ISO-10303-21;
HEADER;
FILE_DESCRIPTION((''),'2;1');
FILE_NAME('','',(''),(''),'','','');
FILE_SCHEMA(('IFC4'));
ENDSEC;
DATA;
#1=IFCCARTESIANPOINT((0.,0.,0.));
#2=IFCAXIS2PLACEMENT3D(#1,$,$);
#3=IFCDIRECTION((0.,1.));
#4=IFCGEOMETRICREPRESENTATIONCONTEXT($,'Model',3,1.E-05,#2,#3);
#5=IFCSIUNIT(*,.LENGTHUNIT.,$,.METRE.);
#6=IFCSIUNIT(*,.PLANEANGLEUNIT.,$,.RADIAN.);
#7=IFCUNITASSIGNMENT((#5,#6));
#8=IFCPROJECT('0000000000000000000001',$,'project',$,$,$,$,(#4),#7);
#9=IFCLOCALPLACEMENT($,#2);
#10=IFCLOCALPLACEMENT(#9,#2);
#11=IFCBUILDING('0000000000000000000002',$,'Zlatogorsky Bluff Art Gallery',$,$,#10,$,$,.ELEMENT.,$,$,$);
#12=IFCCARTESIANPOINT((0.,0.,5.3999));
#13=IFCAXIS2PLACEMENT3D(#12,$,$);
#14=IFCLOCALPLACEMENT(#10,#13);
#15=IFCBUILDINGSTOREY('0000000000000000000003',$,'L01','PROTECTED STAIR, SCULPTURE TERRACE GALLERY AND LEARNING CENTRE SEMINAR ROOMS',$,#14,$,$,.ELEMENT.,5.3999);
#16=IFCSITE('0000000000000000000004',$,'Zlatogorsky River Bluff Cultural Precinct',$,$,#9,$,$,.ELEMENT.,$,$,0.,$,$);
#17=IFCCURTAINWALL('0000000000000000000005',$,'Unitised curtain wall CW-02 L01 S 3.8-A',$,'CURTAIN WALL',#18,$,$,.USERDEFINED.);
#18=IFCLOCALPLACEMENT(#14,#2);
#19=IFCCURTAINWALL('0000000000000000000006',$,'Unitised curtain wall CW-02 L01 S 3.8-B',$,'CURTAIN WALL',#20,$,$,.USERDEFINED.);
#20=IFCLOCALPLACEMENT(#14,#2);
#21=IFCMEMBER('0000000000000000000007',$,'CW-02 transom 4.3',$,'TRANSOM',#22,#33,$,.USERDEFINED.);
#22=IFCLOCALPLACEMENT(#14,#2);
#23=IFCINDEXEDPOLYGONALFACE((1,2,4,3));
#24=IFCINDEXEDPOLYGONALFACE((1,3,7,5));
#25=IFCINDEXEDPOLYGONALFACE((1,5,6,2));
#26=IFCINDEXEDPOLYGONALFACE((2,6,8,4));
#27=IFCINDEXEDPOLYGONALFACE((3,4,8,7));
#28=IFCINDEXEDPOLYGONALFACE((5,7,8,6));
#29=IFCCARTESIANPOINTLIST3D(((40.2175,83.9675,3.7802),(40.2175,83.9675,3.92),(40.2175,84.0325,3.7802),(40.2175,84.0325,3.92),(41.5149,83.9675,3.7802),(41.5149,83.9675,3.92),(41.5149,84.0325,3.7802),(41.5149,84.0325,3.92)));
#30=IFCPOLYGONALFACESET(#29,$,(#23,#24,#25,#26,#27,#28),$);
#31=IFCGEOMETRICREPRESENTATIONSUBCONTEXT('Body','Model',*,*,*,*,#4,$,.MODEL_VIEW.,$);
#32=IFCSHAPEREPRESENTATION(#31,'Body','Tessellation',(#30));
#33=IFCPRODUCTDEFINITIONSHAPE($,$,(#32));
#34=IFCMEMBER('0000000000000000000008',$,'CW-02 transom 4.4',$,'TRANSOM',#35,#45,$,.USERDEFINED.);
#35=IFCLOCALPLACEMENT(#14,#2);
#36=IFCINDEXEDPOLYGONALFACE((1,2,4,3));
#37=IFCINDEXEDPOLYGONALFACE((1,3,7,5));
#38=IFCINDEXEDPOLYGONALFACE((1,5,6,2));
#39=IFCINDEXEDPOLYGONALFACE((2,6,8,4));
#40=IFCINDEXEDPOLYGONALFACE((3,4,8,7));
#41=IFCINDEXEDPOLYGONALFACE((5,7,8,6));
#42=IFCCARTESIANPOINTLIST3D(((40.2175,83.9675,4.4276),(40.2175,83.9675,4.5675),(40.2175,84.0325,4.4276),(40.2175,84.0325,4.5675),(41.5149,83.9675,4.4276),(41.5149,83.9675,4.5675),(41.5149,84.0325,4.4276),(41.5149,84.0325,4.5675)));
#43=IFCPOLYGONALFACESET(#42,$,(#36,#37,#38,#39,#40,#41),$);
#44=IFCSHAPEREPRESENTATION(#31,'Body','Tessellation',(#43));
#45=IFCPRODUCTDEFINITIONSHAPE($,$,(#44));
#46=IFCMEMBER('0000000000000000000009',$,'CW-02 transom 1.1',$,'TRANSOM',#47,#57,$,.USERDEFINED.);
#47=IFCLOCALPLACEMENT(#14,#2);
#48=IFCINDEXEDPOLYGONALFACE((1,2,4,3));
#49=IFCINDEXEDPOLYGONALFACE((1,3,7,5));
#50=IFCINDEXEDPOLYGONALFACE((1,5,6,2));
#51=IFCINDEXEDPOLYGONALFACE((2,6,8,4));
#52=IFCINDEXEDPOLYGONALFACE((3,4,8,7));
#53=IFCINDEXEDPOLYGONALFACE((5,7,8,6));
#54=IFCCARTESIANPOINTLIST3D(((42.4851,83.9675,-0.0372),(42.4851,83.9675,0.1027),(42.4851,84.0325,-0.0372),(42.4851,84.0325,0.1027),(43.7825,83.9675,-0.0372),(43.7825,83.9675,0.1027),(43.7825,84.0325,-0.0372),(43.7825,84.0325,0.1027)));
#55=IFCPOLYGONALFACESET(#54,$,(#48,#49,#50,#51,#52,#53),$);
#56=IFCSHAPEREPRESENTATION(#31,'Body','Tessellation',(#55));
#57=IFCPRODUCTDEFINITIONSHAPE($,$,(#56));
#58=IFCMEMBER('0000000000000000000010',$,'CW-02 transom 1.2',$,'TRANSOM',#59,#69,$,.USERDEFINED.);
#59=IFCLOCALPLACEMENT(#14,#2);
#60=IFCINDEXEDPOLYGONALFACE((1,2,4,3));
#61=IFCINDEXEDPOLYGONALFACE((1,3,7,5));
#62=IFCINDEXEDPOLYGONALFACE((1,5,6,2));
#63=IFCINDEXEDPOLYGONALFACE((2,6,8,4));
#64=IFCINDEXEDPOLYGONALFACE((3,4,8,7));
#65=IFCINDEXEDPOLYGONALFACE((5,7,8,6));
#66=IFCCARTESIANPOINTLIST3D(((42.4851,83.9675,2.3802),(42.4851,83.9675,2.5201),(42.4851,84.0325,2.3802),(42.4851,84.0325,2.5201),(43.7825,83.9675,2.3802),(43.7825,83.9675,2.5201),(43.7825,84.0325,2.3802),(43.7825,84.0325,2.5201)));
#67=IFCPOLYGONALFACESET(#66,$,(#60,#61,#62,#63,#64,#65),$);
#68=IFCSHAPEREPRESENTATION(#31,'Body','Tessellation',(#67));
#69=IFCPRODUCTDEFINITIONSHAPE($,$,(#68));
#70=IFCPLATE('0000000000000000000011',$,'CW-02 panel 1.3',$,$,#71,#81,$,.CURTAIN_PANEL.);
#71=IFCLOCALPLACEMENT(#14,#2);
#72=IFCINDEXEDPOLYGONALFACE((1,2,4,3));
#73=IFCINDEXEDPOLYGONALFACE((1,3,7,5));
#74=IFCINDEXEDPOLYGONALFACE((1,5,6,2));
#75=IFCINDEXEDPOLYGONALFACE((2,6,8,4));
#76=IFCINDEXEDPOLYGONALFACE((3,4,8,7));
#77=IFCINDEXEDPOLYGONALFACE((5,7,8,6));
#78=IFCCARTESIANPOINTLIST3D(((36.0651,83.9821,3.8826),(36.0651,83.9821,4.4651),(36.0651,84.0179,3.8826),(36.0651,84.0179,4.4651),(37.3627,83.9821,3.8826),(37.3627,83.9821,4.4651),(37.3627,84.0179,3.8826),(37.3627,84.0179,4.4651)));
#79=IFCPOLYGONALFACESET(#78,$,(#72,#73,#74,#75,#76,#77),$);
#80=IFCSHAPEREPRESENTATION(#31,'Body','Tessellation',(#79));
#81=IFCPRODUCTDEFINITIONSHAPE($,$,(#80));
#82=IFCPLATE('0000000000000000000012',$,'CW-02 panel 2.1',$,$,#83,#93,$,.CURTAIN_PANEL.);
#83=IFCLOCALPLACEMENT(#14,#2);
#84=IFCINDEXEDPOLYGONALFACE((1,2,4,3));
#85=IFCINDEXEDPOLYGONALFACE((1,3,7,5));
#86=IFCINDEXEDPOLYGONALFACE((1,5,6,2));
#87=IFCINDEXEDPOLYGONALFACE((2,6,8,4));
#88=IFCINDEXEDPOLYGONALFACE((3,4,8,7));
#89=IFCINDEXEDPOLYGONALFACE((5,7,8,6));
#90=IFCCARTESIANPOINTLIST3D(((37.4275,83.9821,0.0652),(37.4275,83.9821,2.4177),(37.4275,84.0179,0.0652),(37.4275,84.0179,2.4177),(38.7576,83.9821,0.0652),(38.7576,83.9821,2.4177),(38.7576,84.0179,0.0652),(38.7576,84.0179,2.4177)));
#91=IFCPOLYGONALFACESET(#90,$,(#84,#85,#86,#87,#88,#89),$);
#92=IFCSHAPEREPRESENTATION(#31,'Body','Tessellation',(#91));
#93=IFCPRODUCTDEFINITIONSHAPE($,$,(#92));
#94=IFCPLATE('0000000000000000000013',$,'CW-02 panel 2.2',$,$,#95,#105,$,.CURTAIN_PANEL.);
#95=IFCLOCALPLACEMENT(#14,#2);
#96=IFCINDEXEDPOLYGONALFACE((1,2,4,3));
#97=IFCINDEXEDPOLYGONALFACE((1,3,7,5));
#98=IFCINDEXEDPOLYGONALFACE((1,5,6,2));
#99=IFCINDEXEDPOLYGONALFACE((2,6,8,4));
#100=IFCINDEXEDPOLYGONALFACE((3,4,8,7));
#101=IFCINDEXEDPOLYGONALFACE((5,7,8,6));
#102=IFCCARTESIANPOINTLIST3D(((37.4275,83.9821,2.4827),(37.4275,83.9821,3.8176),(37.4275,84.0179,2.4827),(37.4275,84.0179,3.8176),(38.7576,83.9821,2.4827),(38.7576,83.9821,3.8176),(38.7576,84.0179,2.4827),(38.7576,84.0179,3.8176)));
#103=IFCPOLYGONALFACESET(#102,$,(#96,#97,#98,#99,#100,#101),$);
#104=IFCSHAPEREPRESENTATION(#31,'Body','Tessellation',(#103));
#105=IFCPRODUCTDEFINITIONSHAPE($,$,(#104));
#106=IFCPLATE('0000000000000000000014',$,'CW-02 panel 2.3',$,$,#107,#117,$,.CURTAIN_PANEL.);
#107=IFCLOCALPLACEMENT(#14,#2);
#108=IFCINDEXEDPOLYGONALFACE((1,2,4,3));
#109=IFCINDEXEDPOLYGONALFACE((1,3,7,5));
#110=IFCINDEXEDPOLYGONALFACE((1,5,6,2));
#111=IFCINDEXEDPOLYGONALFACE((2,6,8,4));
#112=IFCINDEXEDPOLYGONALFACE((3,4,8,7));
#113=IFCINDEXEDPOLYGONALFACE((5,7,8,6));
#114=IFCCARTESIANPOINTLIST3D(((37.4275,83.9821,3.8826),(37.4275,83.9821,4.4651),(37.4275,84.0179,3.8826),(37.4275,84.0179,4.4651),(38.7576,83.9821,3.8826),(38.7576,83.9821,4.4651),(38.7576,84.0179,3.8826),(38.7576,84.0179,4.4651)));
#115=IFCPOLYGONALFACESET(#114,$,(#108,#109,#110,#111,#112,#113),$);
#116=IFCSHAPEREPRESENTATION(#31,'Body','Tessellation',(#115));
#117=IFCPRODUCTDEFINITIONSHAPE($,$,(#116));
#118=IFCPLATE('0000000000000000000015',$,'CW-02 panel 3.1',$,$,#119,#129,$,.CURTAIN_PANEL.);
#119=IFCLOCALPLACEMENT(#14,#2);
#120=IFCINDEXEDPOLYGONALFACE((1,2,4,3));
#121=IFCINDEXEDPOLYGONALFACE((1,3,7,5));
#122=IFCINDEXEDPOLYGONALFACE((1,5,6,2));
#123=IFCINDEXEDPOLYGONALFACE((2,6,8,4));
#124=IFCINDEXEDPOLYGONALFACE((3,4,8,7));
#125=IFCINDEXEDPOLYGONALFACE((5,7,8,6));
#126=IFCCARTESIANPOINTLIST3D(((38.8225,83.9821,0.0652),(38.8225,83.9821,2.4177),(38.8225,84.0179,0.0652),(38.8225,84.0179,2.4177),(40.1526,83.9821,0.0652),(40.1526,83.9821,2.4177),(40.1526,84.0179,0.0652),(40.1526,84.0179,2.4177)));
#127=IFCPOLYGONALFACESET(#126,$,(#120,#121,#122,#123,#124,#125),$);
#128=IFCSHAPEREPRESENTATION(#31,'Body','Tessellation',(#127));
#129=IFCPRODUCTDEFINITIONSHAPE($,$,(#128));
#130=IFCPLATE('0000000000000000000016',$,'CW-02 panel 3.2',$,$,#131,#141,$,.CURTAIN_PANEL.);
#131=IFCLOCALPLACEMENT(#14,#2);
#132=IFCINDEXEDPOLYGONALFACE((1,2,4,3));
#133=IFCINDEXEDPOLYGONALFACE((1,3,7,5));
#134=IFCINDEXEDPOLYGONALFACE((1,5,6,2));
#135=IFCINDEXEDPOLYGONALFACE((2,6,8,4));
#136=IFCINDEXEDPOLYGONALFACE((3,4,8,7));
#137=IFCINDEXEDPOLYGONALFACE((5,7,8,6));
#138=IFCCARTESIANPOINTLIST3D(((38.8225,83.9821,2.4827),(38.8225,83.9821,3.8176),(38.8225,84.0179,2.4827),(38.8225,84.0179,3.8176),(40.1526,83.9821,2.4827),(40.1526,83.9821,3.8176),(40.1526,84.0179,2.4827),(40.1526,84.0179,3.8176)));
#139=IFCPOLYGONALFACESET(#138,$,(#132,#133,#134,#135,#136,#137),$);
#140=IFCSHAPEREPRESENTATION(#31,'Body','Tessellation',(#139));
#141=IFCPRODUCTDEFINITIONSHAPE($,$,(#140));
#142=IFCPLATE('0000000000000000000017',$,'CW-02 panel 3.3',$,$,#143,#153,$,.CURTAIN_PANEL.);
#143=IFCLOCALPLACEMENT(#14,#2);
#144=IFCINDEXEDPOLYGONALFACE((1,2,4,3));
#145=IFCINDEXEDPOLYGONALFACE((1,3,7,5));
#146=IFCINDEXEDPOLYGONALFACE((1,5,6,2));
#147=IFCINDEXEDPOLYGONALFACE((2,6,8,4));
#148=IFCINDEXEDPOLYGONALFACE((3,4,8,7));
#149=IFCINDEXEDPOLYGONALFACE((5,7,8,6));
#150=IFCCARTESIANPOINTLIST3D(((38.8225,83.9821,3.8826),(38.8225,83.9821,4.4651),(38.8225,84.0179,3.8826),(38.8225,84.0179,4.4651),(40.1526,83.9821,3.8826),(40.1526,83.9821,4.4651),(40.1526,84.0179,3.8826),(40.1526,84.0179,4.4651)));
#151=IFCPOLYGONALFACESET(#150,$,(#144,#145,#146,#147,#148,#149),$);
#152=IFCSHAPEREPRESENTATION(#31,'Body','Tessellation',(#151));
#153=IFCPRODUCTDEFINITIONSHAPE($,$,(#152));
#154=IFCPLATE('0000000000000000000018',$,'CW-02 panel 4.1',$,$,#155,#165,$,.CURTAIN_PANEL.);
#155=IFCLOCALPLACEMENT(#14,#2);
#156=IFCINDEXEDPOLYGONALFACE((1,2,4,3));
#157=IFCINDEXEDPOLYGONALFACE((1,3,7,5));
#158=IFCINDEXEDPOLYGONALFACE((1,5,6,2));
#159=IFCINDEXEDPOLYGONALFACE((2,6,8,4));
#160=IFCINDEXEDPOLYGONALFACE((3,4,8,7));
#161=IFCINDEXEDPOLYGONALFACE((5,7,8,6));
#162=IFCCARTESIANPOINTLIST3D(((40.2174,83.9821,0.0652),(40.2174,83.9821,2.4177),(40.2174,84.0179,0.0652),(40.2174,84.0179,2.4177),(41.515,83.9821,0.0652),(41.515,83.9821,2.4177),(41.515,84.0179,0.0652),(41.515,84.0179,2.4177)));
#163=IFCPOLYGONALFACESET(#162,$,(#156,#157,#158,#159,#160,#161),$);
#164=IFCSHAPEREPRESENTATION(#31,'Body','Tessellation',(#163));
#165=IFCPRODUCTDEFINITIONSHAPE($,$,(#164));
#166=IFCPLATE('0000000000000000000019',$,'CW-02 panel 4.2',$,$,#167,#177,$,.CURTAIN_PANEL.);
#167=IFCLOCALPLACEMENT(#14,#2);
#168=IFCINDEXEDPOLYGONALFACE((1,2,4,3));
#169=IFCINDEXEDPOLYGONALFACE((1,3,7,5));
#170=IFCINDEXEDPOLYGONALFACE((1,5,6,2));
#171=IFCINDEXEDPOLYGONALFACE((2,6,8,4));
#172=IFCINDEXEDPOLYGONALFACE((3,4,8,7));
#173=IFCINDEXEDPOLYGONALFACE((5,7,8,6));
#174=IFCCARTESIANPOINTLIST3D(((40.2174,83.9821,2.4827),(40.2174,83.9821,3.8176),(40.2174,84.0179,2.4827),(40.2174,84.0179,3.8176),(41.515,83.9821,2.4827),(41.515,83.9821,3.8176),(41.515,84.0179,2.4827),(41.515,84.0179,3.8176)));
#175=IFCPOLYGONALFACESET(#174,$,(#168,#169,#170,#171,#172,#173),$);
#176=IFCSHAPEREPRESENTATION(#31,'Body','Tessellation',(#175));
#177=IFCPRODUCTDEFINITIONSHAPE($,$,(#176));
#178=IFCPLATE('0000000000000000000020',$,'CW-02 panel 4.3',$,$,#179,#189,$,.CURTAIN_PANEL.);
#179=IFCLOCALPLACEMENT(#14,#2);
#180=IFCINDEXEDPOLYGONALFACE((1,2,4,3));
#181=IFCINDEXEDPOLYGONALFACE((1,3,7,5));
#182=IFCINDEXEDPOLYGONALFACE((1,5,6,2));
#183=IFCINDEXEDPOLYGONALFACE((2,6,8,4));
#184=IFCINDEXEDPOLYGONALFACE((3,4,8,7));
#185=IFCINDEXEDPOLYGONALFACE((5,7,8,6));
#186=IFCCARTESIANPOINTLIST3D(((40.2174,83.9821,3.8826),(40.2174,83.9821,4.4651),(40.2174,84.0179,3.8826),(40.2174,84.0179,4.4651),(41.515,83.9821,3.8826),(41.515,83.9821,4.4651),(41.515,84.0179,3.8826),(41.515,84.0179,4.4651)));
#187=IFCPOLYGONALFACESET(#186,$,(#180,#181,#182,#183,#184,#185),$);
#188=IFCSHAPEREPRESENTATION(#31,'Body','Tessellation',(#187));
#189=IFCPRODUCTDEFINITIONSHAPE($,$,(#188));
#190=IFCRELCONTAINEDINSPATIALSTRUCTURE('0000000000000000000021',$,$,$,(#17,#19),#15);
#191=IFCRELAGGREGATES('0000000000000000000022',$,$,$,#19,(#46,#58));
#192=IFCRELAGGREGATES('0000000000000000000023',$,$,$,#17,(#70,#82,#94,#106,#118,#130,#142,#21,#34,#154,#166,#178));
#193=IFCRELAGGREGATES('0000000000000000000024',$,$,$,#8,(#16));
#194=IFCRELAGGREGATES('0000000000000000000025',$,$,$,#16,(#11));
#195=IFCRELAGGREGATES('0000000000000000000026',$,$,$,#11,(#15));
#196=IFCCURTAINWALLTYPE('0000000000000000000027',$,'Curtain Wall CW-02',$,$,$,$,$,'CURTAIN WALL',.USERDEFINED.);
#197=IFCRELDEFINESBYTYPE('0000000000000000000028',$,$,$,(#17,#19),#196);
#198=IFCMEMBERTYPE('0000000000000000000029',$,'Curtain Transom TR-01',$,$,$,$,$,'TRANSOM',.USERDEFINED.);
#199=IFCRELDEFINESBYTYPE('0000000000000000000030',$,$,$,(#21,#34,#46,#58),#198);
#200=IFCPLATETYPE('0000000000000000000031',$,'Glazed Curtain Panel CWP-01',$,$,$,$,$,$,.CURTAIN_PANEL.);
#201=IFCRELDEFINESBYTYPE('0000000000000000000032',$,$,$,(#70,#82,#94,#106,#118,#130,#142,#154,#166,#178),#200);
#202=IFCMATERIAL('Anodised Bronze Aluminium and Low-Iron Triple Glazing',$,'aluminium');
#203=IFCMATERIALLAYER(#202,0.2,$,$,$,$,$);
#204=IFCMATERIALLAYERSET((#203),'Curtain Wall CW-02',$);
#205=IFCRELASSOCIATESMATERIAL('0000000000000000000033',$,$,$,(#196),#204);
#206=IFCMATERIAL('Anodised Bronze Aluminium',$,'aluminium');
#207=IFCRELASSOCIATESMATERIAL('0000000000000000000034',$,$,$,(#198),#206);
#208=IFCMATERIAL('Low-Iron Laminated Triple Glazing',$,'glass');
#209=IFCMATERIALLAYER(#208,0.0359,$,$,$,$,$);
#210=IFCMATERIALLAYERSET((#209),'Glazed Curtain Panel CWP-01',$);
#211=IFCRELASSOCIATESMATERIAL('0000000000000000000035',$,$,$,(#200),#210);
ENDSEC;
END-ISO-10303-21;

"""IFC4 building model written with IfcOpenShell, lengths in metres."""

from ifc_helpers import new_model, si_unit, direction, frame, origin, origin_2d, place, context, subcontext, project, spatial, rectangle, extrude, material, layer, layer_set, material_profile, profile_set, type_object, element, aggregate, save


model = new_model("IFC4")

# Units and contexts
model_context = context("Model", 3, precision=1e-05, world=origin(), true_north=direction((0.0, 1.0)))
body_context = subcontext(model_context, "Body", "Model", "MODEL_VIEW")
ifc_project = project(units=[si_unit("LENGTHUNIT", "METRE"), si_unit("PLANEANGLEUNIT", "RADIAN")], contexts=[model_context])

# Site, building, storey
site_placement = place(None, origin())
site = spatial("IfcSite", under=ifc_project, at=site_placement, Name="Zlatogorsky River Bluff Cultural Precinct", CompositionType="ELEMENT", RefElevation=0.0)
building_placement = place(site_placement, origin())
building = spatial("IfcBuilding", under=site, at=building_placement, Name="Zlatogorsky Bluff Art Gallery", CompositionType="ELEMENT")
storey_placement = place(building_placement, frame((0.0, 0.0, 5.3999)))
storey = spatial("IfcBuildingStorey", under=building, at=storey_placement, Name="L01", Description="PROTECTED STAIR, SCULPTURE TERRACE GALLERY AND LEARNING CENTRE SEMINAR ROOMS", CompositionType="ELEMENT", Elevation=5.3999)

# Curtain wall
ifc_material_1 = material(Name="Anodised Bronze Aluminium and Low-Iron Triple Glazing", Category="aluminium")
ifc_layer_1 = layer(ifc_material_1, 0.2)
ifc_layer_set_1 = layer_set([ifc_layer_1], Name="Curtain Wall CW-02")
curtain_wall_type = type_object("IfcCurtainWallType", Name="Curtain Wall CW-02", ElementType="CURTAIN WALL", PredefinedType="USERDEFINED", material=ifc_layer_set_1)
curtain_wall_1_placement = place(storey_placement, origin())
curtain_wall_1 = element("IfcCurtainWall", 1, at=curtain_wall_1_placement, inside=storey, type_object=curtain_wall_type, Name="Unitised curtain wall CW-02 L01 S 3.8-A", ObjectType="CURTAIN WALL", PredefinedType="USERDEFINED")
ifc_material_2 = material(Name="Anodised Bronze Aluminium", Category="aluminium")

# Curtain wall
curtain_wall_2_placement = place(storey_placement, origin())
curtain_wall_2 = element("IfcCurtainWall", 2, at=curtain_wall_2_placement, inside=storey, type_object=curtain_wall_type, Name="Unitised curtain wall CW-02 L01 S 3.8-B", ObjectType="CURTAIN WALL", PredefinedType="USERDEFINED")

# Members
ifc_material_profile_1 = material_profile(ifc_material_2, rectangle(XDim=0.0649, YDim=0.1399, at=origin_2d()), Name="ALU TRANSOM 65x140")
ifc_profile_set_1 = profile_set([ifc_material_profile_1], Name="Anodised Bronze Aluminium")
member_type_1 = type_object("IfcMemberType", Name="Curtain Transom TR-01", ElementType="TRANSOM", PredefinedType="USERDEFINED", material=ifc_profile_set_1)
member_1_placement = place(storey_placement, frame((40.2175, 84.0, 3.8501), z_axis=(1.0, 0.0, 0.0), x_axis=(0.0, 1.0, 0.0)))
member_1 = element("IfcMember", 3, at=member_1_placement, type_object=member_type_1, Name="CW-02 transom 4.3", ObjectType="TRANSOM", PredefinedType="USERDEFINED", context=body_context, shape_type="SweptSolid", body=[
    extrude(rectangle(XDim=0.0649, YDim=0.1399, at=origin_2d()), origin(), (0.0, 0.0, 1.0), 1.2974),
])
member_2_placement = place(storey_placement, frame((40.2175, 84.0, 4.4976), z_axis=(1.0, 0.0, 0.0), x_axis=(0.0, 1.0, 0.0)))
member_2 = element("IfcMember", 4, at=member_2_placement, type_object=member_type_1, Name="CW-02 transom 4.4", ObjectType="TRANSOM", PredefinedType="USERDEFINED", context=body_context, shape_type="SweptSolid", body=[
    extrude(rectangle(XDim=0.0649, YDim=0.1399, at=origin_2d()), origin(), (0.0, 0.0, 1.0), 1.2974),
])
member_3_placement = place(storey_placement, frame((42.4851, 84.0, 0.0327), z_axis=(1.0, 0.0, 0.0), x_axis=(0.0, 1.0, 0.0)))
member_3 = element("IfcMember", 5, at=member_3_placement, type_object=member_type_1, Name="CW-02 transom 1.1", ObjectType="TRANSOM", PredefinedType="USERDEFINED", context=body_context, shape_type="SweptSolid", body=[
    extrude(rectangle(XDim=0.0649, YDim=0.1399, at=origin_2d()), origin(), (0.0, 0.0, 1.0), 1.2974),
])
member_4_placement = place(storey_placement, frame((42.4851, 84.0, 2.4502), z_axis=(1.0, 0.0, 0.0), x_axis=(0.0, 1.0, 0.0)))
member_4 = element("IfcMember", 6, at=member_4_placement, type_object=member_type_1, Name="CW-02 transom 1.2", ObjectType="TRANSOM", PredefinedType="USERDEFINED", context=body_context, shape_type="SweptSolid", body=[
    extrude(rectangle(XDim=0.0649, YDim=0.1399, at=origin_2d()), origin(), (0.0, 0.0, 1.0), 1.2974),
])
aggregate(curtain_wall_2, [member_3, member_4])

# Plates
ifc_material_3 = material(Name="Low-Iron Laminated Triple Glazing", Category="glass")
ifc_layer_2 = layer(ifc_material_3, 0.0359)
ifc_layer_set_2 = layer_set([ifc_layer_2], Name="Glazed Curtain Panel CWP-01")
plate_type = type_object("IfcPlateType", Name="Glazed Curtain Panel CWP-01", PredefinedType="CURTAIN_PANEL", material=ifc_layer_set_2)
plate_1_placement = place(storey_placement, frame((36.7139, 84.0, 3.8826), z_axis=(0.0, 0.0, 1.0), x_axis=(1.0, 0.0, 0.0)))
plate_1 = element("IfcPlate", 7, at=plate_1_placement, type_object=plate_type, Name="CW-02 panel 1.3", PredefinedType="CURTAIN_PANEL", context=body_context, shape_type="SweptSolid", body=[
    extrude(rectangle(XDim=1.2976, YDim=0.0359, at=origin_2d()), origin(), (0.0, 0.0, 1.0), 0.5825),
])
plate_2_placement = place(storey_placement, frame((38.0925, 84.0, 0.0652), z_axis=(0.0, 0.0, 1.0), x_axis=(1.0, 0.0, 0.0)))
plate_2 = element("IfcPlate", 8, at=plate_2_placement, type_object=plate_type, Name="CW-02 panel 2.1", PredefinedType="CURTAIN_PANEL", context=body_context, shape_type="SweptSolid", body=[
    extrude(rectangle(XDim=1.3301, YDim=0.0359, at=origin_2d()), origin(), (0.0, 0.0, 1.0), 2.3525),
])
plate_3_placement = place(storey_placement, frame((38.0925, 84.0, 2.4827), z_axis=(0.0, 0.0, 1.0), x_axis=(1.0, 0.0, 0.0)))
plate_3 = element("IfcPlate", 9, at=plate_3_placement, type_object=plate_type, Name="CW-02 panel 2.2", PredefinedType="CURTAIN_PANEL", context=body_context, shape_type="SweptSolid", body=[
    extrude(rectangle(XDim=1.3301, YDim=0.0359, at=origin_2d()), origin(), (0.0, 0.0, 1.0), 1.335),
])
plate_4_placement = place(storey_placement, frame((38.0925, 84.0, 3.8826), z_axis=(0.0, 0.0, 1.0), x_axis=(1.0, 0.0, 0.0)))
plate_4 = element("IfcPlate", 10, at=plate_4_placement, type_object=plate_type, Name="CW-02 panel 2.3", PredefinedType="CURTAIN_PANEL", context=body_context, shape_type="SweptSolid", body=[
    extrude(rectangle(XDim=1.3301, YDim=0.0359, at=origin_2d()), origin(), (0.0, 0.0, 1.0), 0.5825),
])
plate_5_placement = place(storey_placement, frame((39.4875, 84.0, 0.0652), z_axis=(0.0, 0.0, 1.0), x_axis=(1.0, 0.0, 0.0)))
plate_5 = element("IfcPlate", 11, at=plate_5_placement, type_object=plate_type, Name="CW-02 panel 3.1", PredefinedType="CURTAIN_PANEL", context=body_context, shape_type="SweptSolid", body=[
    extrude(rectangle(XDim=1.3301, YDim=0.0359, at=origin_2d()), origin(), (0.0, 0.0, 1.0), 2.3525),
])
plate_6_placement = place(storey_placement, frame((39.4875, 84.0, 2.4827), z_axis=(0.0, 0.0, 1.0), x_axis=(1.0, 0.0, 0.0)))
plate_6 = element("IfcPlate", 12, at=plate_6_placement, type_object=plate_type, Name="CW-02 panel 3.2", PredefinedType="CURTAIN_PANEL", context=body_context, shape_type="SweptSolid", body=[
    extrude(rectangle(XDim=1.3301, YDim=0.0359, at=origin_2d()), origin(), (0.0, 0.0, 1.0), 1.335),
])
plate_7_placement = place(storey_placement, frame((39.4875, 84.0, 3.8826), z_axis=(0.0, 0.0, 1.0), x_axis=(1.0, 0.0, 0.0)))
plate_7 = element("IfcPlate", 13, at=plate_7_placement, type_object=plate_type, Name="CW-02 panel 3.3", PredefinedType="CURTAIN_PANEL", context=body_context, shape_type="SweptSolid", body=[
    extrude(rectangle(XDim=1.3301, YDim=0.0359, at=origin_2d()), origin(), (0.0, 0.0, 1.0), 0.5825),
])
plate_8_placement = place(storey_placement, frame((40.8662, 84.0, 0.0652), z_axis=(0.0, 0.0, 1.0), x_axis=(1.0, 0.0, 0.0)))
plate_8 = element("IfcPlate", 14, at=plate_8_placement, type_object=plate_type, Name="CW-02 panel 4.1", PredefinedType="CURTAIN_PANEL", context=body_context, shape_type="SweptSolid", body=[
    extrude(rectangle(XDim=1.2976, YDim=0.0359, at=origin_2d()), origin(), (0.0, 0.0, 1.0), 2.3525),
])
plate_9_placement = place(storey_placement, frame((40.8662, 84.0, 2.4827), z_axis=(0.0, 0.0, 1.0), x_axis=(1.0, 0.0, 0.0)))
plate_9 = element("IfcPlate", 15, at=plate_9_placement, type_object=plate_type, Name="CW-02 panel 4.2", PredefinedType="CURTAIN_PANEL", context=body_context, shape_type="SweptSolid", body=[
    extrude(rectangle(XDim=1.2976, YDim=0.0359, at=origin_2d()), origin(), (0.0, 0.0, 1.0), 1.335),
])
plate_10_placement = place(storey_placement, frame((40.8662, 84.0, 3.8826), z_axis=(0.0, 0.0, 1.0), x_axis=(1.0, 0.0, 0.0)))
plate_10 = element("IfcPlate", 16, at=plate_10_placement, type_object=plate_type, Name="CW-02 panel 4.3", PredefinedType="CURTAIN_PANEL", context=body_context, shape_type="SweptSolid", body=[
    extrude(rectangle(XDim=1.2976, YDim=0.0359, at=origin_2d()), origin(), (0.0, 0.0, 1.0), 0.5825),
])
aggregate(curtain_wall_1, [plate_1, plate_2, plate_3, plate_4, plate_5, plate_6, plate_7, member_1, member_2, plate_8, plate_9, plate_10])

save(model, "model.ifc")
